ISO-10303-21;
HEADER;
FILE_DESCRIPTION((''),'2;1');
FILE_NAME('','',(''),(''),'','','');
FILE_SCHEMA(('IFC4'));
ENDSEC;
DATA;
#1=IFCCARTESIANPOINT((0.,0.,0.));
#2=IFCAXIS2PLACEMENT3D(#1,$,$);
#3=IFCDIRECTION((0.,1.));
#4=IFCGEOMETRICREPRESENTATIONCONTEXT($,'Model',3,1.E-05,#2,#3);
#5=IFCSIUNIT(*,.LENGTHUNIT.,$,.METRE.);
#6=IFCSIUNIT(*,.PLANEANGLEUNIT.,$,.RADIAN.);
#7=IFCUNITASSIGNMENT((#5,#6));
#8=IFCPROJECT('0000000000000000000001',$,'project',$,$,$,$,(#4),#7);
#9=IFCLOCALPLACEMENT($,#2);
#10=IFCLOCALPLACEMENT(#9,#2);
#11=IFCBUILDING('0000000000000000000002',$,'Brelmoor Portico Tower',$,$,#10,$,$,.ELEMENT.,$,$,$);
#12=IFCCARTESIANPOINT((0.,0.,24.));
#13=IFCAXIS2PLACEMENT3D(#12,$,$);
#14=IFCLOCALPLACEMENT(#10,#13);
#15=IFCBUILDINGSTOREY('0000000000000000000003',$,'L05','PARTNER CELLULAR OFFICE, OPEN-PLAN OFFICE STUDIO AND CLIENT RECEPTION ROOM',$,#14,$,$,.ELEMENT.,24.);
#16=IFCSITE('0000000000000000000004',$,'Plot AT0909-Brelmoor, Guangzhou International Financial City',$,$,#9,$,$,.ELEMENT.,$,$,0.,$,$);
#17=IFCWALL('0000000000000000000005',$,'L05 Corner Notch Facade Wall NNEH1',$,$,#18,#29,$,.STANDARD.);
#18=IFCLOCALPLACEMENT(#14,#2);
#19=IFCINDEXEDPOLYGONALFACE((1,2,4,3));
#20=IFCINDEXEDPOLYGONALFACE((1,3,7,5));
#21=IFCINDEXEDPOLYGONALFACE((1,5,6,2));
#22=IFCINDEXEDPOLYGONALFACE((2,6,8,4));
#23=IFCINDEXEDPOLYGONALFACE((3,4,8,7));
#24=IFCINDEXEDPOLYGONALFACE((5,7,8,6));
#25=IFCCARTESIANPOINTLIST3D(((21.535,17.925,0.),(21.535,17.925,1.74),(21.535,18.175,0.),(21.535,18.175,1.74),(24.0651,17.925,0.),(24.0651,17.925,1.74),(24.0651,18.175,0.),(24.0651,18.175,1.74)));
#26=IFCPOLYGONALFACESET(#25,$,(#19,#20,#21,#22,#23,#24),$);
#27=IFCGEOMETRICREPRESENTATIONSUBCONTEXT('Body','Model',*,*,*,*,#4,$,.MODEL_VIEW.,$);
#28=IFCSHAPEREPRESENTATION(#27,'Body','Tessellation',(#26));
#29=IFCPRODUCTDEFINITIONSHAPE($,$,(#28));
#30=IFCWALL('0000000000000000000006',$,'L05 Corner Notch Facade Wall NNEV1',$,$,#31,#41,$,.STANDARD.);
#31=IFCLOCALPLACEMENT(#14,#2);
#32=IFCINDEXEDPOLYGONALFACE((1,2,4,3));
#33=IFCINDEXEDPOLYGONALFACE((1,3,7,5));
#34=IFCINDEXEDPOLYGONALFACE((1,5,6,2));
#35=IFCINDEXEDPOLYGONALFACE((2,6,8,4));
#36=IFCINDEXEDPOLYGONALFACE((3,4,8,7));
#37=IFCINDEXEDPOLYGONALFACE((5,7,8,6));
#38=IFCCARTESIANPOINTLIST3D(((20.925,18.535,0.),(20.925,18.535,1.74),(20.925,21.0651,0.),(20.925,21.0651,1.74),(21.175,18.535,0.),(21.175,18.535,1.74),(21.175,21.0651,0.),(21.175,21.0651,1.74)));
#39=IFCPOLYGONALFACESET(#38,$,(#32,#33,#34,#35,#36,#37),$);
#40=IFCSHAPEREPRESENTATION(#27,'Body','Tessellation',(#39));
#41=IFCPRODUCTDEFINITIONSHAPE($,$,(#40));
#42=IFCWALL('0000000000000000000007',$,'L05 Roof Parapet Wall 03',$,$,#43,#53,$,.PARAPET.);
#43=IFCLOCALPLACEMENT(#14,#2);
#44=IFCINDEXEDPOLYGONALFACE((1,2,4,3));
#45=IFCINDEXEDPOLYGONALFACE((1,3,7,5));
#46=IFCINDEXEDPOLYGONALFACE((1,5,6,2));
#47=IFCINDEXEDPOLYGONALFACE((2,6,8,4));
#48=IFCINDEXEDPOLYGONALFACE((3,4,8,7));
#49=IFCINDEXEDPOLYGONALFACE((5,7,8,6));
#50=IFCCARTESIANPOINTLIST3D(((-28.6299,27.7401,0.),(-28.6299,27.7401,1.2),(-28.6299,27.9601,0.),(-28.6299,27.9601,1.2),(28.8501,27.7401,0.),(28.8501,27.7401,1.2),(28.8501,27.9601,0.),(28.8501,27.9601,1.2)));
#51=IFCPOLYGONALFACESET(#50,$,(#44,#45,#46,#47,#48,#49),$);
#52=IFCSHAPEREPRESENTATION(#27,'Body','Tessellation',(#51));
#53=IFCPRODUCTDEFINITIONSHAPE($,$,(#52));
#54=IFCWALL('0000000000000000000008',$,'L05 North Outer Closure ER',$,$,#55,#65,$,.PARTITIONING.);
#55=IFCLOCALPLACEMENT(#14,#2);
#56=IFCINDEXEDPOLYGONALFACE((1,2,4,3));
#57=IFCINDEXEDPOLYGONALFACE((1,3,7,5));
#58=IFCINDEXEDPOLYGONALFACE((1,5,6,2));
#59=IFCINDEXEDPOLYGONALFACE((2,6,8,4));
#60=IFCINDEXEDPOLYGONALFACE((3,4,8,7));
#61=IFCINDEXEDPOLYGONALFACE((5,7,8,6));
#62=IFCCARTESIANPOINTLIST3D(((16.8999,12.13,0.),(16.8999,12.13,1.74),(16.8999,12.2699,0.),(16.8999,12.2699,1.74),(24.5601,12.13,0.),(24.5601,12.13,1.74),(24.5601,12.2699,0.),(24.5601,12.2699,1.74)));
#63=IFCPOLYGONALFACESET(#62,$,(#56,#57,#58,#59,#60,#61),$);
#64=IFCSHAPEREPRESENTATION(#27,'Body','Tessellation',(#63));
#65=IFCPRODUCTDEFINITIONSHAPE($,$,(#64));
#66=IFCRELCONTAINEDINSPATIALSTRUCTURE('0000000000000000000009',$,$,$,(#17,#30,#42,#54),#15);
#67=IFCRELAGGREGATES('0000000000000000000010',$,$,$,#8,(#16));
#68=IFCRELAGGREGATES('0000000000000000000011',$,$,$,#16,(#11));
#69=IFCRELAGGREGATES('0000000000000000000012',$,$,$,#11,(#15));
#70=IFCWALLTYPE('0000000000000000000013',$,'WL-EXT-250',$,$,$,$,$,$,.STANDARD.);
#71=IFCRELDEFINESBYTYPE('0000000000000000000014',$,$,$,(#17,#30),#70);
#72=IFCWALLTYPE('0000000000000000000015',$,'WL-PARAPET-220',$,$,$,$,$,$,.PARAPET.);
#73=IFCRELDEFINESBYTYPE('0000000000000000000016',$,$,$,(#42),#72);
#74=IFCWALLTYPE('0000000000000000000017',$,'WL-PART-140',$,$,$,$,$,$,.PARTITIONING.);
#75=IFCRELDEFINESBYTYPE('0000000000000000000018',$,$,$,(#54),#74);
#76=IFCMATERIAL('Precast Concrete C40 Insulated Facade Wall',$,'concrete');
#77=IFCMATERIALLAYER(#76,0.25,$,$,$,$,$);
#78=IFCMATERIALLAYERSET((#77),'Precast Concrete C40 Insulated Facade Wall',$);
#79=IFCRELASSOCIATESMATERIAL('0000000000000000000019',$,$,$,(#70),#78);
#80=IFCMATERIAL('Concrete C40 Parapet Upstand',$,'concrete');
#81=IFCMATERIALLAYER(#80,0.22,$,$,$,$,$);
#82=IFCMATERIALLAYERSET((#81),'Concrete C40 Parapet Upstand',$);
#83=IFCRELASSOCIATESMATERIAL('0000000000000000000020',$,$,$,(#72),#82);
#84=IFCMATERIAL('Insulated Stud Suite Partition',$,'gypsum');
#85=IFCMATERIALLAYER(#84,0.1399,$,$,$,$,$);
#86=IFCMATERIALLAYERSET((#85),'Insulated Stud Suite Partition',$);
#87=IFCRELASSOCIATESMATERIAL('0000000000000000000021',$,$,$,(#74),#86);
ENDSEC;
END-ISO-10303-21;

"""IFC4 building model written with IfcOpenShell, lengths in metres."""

from ifc_helpers import new_model, si_unit, direction, frame, frame_2d, origin, place, context, subcontext, project, spatial, rectangle, extrude, material, layer, layer_set, type_object, element, save


model = new_model("IFC4")

# Units and contexts
model_context = context("Model", 3, precision=1e-05, world=origin(), true_north=direction((0.0, 1.0)))
body_context = subcontext(model_context, "Body", "Model", "MODEL_VIEW")
ifc_project = project(units=[si_unit("LENGTHUNIT", "METRE"), si_unit("PLANEANGLEUNIT", "RADIAN")], contexts=[model_context])

# Site, building, storey
site_placement = place(None, origin())
site = spatial("IfcSite", under=ifc_project, at=site_placement, Name="Plot AT0909-Brelmoor, Guangzhou International Financial City", CompositionType="ELEMENT", RefElevation=0.0)
building_placement = place(site_placement, origin())
building = spatial("IfcBuilding", under=site, at=building_placement, Name="Brelmoor Portico Tower", CompositionType="ELEMENT")
storey_placement = place(building_placement, frame((0.0, 0.0, 24.0)))
storey = spatial("IfcBuildingStorey", under=building, at=storey_placement, Name="L05", Description="PARTNER CELLULAR OFFICE, OPEN-PLAN OFFICE STUDIO AND CLIENT RECEPTION ROOM", CompositionType="ELEMENT", Elevation=24.0)

# Walls
ifc_material_1 = material(Name="Precast Concrete C40 Insulated Facade Wall", Category="concrete")
ifc_layer_1 = layer(ifc_material_1, 0.25)
ifc_layer_set_1 = layer_set([ifc_layer_1], Name="Precast Concrete C40 Insulated Facade Wall")
wall_type_1 = type_object("IfcWallType", Name="WL-EXT-250", PredefinedType="STANDARD", material=ifc_layer_set_1)
for number, where, z_axis, x_axis, name in (
    (1, (21.5349, 18.05, 0.0), (0.0, 0.0, 1.0), (1.0, 0.0, 0.0), "L05 Corner Notch Facade Wall NNEH1"),
    (2, (21.05, 18.5349, 0.0), (0.0, 0.0, 1.0), (0.0, 1.0, 0.0), "L05 Corner Notch Facade Wall NNEV1"),
):
    element("IfcWall", number, at=place(storey_placement, frame(where, z_axis=z_axis, x_axis=x_axis)), inside=storey, type_object=wall_type_1, Name=name, PredefinedType="STANDARD", context=body_context, shape_type="SweptSolid", body=[
        extrude(rectangle(XDim=2.53, YDim=0.25, at=frame_2d((1.2651, 0.0))), origin(), (0.0, 0.0, 1.0), 1.74),
    ])
ifc_material_2 = material(Name="Concrete C40 Parapet Upstand", Category="concrete")
ifc_layer_2 = layer(ifc_material_2, 0.22)
ifc_layer_set_2 = layer_set([ifc_layer_2], Name="Concrete C40 Parapet Upstand")
wall_type_2 = type_object("IfcWallType", Name="WL-PARAPET-220", PredefinedType="PARAPET", material=ifc_layer_set_2)
wall_1_placement = place(storey_placement, frame((28.8501, 27.8501, 0.0), z_axis=(0.0, 0.0, 1.0), x_axis=(-1.0, 0.0, 0.0)))
element("IfcWall", 3, at=wall_1_placement, inside=storey, type_object=wall_type_2, Name="L05 Roof Parapet Wall 03", PredefinedType="PARAPET", context=body_context, shape_type="SweptSolid", body=[
    extrude(rectangle(XDim=57.48, YDim=0.22, at=frame_2d((28.74, 0.0))), origin(), (0.0, 0.0, 1.0), 1.2),
])
ifc_material_3 = material(Name="Insulated Stud Suite Partition", Category="gypsum")
ifc_layer_3 = layer(ifc_material_3, 0.1399)
ifc_layer_set_3 = layer_set([ifc_layer_3], Name="Insulated Stud Suite Partition")
wall_type_3 = type_object("IfcWallType", Name="WL-PART-140", PredefinedType="PARTITIONING", material=ifc_layer_set_3)
wall_2_placement = place(storey_placement, frame((16.8999, 12.2, 0.0), z_axis=(0.0, 0.0, 1.0), x_axis=(1.0, 0.0, 0.0)))
element("IfcWall", 4, at=wall_2_placement, inside=storey, type_object=wall_type_3, Name="L05 North Outer Closure ER", PredefinedType="PARTITIONING", context=body_context, shape_type="SweptSolid", body=[
    extrude(rectangle(XDim=7.6602, YDim=0.1399, at=frame_2d((3.8301, 0.0))), origin(), (0.0, 0.0, 1.0), 1.74),
])

save(model, "model.ifc")
